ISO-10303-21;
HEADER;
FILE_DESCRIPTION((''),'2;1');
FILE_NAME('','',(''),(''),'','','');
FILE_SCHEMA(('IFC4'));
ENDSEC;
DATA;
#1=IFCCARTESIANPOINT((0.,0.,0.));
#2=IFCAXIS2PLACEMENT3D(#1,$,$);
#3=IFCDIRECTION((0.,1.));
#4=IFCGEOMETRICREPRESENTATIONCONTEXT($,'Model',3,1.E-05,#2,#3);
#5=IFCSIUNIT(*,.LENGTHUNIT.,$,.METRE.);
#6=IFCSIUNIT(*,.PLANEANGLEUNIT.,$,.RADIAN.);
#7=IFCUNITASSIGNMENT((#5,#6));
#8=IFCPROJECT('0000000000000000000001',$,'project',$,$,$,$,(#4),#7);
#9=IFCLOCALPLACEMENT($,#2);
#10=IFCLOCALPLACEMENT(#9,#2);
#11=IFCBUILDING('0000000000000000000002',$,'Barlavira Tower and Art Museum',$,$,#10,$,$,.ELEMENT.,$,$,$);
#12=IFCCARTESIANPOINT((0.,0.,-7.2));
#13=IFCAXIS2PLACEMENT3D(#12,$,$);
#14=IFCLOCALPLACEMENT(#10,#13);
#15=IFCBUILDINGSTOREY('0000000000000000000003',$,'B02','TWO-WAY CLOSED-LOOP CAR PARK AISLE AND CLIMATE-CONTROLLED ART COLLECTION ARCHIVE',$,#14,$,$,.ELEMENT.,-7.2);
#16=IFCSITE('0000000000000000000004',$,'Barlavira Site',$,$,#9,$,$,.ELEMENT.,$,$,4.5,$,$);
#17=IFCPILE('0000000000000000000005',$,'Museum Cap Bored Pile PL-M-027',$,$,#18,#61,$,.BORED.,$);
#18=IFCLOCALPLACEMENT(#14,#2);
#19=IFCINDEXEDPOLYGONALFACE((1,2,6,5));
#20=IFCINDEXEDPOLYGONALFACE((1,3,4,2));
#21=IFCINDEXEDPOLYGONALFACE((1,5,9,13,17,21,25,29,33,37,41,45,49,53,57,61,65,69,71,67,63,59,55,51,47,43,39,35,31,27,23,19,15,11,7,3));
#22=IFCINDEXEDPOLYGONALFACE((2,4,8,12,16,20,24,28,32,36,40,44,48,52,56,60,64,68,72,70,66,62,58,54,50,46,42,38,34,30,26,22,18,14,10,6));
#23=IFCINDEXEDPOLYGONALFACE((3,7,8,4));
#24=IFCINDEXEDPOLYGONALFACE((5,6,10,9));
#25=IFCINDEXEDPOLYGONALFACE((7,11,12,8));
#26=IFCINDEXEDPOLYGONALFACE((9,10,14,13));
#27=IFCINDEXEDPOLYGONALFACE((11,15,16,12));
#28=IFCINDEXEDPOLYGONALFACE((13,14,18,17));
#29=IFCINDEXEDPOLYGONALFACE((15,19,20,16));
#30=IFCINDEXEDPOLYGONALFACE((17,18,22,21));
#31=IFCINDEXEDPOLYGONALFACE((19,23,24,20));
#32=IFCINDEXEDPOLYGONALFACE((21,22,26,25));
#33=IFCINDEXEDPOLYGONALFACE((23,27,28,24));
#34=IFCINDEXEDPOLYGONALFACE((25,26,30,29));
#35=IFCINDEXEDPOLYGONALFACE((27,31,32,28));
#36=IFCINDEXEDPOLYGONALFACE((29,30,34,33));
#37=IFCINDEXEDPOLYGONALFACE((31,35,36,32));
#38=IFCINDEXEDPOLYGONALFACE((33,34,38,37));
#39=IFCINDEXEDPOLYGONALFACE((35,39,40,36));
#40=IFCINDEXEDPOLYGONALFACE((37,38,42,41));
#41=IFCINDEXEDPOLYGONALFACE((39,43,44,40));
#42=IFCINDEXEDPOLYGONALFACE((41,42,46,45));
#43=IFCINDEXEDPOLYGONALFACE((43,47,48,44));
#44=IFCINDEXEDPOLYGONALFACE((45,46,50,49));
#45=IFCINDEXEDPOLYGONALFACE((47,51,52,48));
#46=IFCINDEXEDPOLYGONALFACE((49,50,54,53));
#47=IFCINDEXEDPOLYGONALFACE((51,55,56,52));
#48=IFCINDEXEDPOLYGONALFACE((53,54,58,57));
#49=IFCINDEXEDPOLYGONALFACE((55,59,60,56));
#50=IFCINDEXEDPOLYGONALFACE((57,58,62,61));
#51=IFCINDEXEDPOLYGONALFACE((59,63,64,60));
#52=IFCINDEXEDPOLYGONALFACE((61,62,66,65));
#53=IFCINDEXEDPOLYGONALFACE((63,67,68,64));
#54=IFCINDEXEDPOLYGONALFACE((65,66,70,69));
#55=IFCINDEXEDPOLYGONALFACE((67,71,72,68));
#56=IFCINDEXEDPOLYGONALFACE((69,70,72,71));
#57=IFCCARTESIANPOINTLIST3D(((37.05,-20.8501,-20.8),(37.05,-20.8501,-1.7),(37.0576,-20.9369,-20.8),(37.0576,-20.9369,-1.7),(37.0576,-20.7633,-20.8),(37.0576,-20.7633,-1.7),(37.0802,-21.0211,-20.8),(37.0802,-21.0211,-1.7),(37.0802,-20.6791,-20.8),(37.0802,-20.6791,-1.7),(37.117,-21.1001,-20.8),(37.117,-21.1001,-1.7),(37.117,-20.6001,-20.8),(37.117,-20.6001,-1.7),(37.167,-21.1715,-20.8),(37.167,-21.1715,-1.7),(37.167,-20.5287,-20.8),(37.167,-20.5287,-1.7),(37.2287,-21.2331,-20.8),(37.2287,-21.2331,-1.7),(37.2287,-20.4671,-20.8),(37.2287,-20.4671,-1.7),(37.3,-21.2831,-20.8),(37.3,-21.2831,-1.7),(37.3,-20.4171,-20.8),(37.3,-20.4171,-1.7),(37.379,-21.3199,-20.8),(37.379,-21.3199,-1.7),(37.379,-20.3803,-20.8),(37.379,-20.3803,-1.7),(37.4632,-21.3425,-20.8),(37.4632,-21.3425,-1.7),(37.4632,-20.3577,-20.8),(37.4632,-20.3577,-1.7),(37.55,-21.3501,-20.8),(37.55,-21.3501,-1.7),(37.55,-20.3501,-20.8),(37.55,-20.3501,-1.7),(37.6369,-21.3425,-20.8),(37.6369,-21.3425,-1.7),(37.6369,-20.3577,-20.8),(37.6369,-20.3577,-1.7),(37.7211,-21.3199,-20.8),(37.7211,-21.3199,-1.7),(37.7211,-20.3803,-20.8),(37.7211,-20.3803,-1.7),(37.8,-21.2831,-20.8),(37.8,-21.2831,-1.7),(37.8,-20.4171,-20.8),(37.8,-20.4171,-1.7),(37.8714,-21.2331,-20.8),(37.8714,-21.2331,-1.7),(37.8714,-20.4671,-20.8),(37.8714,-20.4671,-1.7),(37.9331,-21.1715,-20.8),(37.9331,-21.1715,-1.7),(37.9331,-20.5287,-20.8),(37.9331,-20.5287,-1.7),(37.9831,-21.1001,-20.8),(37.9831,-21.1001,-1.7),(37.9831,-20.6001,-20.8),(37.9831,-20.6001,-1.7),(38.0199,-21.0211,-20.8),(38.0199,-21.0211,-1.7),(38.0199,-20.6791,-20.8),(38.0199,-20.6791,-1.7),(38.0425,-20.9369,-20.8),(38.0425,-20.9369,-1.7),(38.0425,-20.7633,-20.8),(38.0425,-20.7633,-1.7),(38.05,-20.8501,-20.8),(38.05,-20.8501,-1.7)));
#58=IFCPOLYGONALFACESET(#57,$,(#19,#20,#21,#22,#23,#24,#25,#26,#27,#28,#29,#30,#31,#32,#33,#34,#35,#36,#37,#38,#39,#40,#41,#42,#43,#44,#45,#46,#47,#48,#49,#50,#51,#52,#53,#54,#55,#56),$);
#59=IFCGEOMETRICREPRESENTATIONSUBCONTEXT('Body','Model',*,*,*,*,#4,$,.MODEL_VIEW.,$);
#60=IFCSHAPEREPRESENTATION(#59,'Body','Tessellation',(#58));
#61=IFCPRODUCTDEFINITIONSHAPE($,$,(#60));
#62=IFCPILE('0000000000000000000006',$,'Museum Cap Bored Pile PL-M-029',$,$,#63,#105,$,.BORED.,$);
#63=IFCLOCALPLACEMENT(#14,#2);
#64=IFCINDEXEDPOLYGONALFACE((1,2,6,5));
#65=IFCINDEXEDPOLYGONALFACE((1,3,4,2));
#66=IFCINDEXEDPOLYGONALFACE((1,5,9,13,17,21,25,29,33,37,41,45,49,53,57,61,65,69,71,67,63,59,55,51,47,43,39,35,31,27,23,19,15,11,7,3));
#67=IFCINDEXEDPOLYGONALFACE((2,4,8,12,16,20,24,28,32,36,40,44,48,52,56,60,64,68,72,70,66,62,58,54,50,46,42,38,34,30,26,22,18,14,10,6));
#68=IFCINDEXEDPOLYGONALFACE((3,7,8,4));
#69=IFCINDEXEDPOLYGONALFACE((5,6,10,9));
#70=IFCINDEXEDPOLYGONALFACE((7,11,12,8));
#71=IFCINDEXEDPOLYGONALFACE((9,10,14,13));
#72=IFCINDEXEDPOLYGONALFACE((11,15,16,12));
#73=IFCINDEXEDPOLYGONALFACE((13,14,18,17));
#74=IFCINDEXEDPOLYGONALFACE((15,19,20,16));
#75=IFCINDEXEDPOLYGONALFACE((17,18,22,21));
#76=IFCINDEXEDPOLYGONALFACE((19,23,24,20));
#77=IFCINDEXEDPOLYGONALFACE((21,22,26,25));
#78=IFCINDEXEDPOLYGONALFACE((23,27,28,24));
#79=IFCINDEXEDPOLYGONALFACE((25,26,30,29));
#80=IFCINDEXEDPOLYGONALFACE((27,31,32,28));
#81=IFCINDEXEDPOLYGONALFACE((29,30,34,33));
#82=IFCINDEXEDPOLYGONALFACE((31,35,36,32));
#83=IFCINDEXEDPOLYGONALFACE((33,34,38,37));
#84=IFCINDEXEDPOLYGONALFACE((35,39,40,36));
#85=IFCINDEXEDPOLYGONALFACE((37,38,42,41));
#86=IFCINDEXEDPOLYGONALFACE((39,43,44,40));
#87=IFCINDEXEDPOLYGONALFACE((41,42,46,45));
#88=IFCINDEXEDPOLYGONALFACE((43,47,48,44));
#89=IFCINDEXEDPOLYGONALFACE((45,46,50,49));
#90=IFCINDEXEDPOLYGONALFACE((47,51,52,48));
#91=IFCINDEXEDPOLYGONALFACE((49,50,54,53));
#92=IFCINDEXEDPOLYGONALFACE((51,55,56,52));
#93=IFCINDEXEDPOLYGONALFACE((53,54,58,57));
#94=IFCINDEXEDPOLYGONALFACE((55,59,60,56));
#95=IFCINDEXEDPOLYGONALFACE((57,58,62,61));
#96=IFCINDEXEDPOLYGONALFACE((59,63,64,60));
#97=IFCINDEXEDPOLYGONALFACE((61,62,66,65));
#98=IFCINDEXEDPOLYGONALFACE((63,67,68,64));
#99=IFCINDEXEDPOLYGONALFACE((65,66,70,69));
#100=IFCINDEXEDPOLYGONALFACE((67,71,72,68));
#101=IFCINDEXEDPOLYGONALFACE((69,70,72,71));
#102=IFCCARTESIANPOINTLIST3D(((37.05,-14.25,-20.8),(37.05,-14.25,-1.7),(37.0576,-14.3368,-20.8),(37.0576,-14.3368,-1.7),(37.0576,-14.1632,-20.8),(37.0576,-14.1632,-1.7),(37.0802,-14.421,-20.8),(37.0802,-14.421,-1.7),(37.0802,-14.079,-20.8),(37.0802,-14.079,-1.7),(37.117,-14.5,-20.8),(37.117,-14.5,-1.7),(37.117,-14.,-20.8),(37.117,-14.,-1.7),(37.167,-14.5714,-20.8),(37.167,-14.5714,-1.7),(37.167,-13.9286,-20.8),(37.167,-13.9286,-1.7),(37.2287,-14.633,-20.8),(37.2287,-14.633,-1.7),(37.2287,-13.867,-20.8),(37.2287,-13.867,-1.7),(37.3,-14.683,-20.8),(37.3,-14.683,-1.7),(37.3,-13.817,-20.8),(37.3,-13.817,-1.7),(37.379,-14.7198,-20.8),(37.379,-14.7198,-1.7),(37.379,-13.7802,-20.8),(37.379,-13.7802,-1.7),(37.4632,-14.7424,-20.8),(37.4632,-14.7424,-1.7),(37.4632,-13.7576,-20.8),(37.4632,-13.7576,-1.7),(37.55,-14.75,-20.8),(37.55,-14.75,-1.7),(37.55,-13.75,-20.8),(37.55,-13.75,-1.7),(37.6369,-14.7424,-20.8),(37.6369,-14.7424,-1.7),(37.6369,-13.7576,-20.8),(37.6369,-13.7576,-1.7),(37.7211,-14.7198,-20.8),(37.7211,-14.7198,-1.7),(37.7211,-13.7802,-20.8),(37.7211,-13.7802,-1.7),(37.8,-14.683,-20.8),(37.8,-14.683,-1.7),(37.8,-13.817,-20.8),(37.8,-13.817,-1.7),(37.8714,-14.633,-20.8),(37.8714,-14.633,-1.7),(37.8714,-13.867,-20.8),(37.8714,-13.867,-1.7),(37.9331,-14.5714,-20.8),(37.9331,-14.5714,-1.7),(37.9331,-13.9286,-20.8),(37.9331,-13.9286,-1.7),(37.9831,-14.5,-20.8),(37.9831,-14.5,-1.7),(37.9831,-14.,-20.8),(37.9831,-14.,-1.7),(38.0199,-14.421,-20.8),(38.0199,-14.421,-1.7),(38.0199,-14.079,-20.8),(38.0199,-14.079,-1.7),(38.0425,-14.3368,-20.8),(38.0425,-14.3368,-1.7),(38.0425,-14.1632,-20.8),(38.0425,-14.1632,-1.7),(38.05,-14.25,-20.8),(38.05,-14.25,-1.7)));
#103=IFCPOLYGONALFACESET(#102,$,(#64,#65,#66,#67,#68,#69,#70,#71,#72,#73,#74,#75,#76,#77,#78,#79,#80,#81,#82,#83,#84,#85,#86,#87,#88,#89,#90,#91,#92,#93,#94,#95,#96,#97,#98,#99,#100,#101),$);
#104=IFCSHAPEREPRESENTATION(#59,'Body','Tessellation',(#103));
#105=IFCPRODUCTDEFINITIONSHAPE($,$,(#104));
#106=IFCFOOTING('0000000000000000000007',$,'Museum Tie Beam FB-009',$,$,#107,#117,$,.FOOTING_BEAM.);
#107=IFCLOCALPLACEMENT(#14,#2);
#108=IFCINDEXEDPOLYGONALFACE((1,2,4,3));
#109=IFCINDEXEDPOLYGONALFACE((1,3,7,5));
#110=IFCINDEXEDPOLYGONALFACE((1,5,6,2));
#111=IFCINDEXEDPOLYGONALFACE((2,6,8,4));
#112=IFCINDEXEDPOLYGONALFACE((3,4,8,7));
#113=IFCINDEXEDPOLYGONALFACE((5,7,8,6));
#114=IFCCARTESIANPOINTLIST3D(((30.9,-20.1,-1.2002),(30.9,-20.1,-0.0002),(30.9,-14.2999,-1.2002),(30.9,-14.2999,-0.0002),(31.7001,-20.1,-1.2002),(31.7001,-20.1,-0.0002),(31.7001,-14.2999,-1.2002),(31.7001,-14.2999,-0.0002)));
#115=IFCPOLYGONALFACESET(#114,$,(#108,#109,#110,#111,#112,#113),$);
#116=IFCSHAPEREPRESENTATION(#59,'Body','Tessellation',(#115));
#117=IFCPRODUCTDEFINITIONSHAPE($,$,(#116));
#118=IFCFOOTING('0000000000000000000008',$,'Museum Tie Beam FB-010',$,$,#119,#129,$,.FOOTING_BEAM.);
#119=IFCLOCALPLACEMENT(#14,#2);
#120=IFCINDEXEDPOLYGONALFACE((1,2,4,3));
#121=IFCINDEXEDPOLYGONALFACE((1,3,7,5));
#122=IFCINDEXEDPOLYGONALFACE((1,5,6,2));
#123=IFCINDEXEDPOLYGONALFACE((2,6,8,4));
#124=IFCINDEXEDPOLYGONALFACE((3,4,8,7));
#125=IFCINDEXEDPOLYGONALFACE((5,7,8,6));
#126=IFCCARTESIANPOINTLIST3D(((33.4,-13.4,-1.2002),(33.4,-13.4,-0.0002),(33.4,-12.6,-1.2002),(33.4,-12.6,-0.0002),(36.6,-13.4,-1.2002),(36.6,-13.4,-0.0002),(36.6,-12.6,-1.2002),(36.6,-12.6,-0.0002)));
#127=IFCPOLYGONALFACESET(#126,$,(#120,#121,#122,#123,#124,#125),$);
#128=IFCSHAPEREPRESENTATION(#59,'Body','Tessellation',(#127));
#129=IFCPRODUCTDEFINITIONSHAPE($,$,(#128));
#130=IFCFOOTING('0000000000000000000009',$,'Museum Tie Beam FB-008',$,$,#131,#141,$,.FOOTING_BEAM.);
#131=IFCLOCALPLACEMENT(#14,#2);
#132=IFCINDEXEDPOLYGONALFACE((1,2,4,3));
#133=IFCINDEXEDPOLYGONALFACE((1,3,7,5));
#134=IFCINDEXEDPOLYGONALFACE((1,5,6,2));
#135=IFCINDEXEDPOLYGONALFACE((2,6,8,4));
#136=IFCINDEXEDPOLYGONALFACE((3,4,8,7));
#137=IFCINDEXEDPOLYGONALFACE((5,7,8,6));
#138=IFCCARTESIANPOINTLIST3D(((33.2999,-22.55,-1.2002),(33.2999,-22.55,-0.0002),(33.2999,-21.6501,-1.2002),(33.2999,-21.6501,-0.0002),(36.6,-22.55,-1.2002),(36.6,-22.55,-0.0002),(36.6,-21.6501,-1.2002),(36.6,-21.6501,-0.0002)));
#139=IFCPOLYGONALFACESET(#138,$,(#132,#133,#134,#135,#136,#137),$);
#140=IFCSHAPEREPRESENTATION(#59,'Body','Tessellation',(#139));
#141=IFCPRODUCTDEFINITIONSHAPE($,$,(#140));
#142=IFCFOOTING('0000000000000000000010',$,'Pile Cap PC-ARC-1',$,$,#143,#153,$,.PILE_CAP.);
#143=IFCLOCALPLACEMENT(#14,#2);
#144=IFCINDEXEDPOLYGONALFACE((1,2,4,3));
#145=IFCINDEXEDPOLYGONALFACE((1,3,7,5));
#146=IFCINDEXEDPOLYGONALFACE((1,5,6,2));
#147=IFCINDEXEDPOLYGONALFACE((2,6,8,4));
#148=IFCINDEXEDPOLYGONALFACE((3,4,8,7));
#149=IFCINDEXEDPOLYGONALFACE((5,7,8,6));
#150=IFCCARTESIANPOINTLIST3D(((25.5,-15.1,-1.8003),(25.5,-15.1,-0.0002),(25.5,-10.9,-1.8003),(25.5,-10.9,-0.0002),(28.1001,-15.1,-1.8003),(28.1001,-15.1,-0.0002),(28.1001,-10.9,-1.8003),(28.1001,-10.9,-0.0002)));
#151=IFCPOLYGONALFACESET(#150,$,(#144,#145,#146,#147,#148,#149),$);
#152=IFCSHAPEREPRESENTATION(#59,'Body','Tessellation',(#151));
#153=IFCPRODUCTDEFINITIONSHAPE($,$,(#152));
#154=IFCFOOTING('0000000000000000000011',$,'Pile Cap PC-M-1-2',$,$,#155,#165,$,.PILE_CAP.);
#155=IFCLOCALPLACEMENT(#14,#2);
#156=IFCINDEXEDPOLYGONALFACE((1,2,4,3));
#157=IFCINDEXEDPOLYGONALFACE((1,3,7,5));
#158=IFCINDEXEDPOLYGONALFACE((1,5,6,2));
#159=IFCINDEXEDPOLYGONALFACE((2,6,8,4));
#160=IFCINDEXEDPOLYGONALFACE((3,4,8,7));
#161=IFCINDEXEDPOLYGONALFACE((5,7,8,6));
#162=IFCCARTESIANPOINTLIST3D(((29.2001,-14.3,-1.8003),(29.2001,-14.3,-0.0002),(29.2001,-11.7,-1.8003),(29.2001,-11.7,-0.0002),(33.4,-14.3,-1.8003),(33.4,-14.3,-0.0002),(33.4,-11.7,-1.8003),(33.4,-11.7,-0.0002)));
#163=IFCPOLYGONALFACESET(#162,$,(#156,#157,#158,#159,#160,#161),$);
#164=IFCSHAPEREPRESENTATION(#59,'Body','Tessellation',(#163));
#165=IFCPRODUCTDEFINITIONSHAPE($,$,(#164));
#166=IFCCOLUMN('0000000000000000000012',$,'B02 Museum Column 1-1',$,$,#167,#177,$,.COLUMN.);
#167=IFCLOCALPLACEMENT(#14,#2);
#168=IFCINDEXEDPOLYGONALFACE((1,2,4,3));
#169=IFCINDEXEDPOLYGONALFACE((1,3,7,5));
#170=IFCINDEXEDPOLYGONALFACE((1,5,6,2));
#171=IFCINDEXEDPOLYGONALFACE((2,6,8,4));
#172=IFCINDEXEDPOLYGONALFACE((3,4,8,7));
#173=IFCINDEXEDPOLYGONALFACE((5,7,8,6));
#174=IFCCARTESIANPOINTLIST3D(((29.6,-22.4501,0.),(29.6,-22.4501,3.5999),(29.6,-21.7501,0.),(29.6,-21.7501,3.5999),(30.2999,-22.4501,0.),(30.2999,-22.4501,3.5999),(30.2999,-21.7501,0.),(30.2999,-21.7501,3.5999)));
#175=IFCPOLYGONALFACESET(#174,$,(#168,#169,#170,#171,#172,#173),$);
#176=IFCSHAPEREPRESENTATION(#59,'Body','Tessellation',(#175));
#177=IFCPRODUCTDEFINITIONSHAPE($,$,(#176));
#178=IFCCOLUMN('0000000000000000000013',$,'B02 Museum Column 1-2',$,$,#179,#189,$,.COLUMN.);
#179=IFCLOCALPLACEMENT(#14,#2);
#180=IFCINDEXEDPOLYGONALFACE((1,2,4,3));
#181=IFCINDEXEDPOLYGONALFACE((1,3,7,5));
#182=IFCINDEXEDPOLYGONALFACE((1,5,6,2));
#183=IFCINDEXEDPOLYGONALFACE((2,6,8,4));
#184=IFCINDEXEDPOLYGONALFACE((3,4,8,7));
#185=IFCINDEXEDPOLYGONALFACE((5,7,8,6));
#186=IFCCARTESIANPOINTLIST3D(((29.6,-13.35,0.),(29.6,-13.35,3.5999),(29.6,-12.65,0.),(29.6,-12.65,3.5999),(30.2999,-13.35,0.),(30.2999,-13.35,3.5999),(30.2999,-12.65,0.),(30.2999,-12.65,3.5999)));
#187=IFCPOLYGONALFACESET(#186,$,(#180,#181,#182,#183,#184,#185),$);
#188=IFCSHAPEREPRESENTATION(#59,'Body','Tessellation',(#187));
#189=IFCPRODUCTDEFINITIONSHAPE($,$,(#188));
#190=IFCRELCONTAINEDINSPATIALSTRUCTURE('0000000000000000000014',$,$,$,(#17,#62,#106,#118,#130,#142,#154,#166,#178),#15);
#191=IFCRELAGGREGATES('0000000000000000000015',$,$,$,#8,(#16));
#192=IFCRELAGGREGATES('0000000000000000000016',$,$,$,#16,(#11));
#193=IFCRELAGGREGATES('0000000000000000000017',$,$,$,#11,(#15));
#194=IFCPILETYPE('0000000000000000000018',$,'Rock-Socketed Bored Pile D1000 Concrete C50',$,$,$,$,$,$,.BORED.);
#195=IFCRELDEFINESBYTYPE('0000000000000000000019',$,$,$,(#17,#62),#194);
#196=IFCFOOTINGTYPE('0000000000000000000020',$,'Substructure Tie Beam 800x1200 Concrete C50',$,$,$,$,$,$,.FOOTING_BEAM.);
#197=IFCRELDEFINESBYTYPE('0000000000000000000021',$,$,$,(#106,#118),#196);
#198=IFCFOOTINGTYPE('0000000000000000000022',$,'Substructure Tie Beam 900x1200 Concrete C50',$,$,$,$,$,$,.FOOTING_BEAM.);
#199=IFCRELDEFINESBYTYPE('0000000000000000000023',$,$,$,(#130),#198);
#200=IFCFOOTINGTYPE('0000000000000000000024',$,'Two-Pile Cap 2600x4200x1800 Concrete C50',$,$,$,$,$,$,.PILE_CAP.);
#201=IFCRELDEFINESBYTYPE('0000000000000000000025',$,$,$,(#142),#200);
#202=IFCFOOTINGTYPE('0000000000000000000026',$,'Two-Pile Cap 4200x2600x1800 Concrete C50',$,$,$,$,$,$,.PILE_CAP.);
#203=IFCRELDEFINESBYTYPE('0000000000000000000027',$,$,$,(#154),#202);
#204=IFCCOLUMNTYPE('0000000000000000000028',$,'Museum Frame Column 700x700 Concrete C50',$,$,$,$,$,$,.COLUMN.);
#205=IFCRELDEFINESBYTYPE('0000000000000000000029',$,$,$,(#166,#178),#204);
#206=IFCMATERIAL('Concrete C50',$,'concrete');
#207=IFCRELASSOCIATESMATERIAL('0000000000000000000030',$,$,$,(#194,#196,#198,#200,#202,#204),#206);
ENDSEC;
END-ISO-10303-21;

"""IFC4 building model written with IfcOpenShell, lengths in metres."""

from ifc_helpers import new_model, si_unit, direction, frame, origin, origin_2d, place, context, subcontext, project, spatial, rectangle, circle, extrude, material, material_profile, profile_set, type_object, element, save


model = new_model("IFC4")

# Units and contexts
model_context = context("Model", 3, precision=1e-05, world=origin(), true_north=direction((0.0, 1.0)))
body_context = subcontext(model_context, "Body", "Model", "MODEL_VIEW")
ifc_project = project(units=[si_unit("LENGTHUNIT", "METRE"), si_unit("PLANEANGLEUNIT", "RADIAN")], contexts=[model_context])

# Site, building, storey
site_placement = place(None, origin())
site = spatial("IfcSite", under=ifc_project, at=site_placement, Name="Barlavira Site", CompositionType="ELEMENT", RefElevation=4.5)
building_placement = place(site_placement, origin())
building = spatial("IfcBuilding", under=site, at=building_placement, Name="Barlavira Tower and Art Museum", CompositionType="ELEMENT")
storey_placement = place(building_placement, frame((0.0, 0.0, -7.2)))
storey = spatial("IfcBuildingStorey", under=building, at=storey_placement, Name="B02", Description="TWO-WAY CLOSED-LOOP CAR PARK AISLE AND CLIMATE-CONTROLLED ART COLLECTION ARCHIVE", CompositionType="ELEMENT", Elevation=-7.2)

# Shared definitions
ifc_material_1 = material(Name="Concrete C50", Category="concrete")

# Piles
ifc_material_profile_1 = material_profile(ifc_material_1, circle(Radius=0.5, at=origin_2d()), Name="BORED PILE D1000")
ifc_profile_set_1 = profile_set([ifc_material_profile_1], Name="Concrete C50")
pile_type = type_object("IfcPileType", Name="Rock-Socketed Bored Pile D1000 Concrete C50", PredefinedType="BORED", material=ifc_profile_set_1)
for number, where, z_axis, x_axis, name in (
    (1, (37.55, -20.8501, -1.7), (0.0, 0.0, -1.0), (1.0, 0.0, 0.0), "Museum Cap Bored Pile PL-M-027"),
    (2, (37.55, -14.25, -1.7), (0.0, 0.0, -1.0), (1.0, 0.0, 0.0), "Museum Cap Bored Pile PL-M-029"),
):
    element("IfcPile", number, at=place(storey_placement, frame(where, z_axis=z_axis, x_axis=x_axis)), inside=storey, type_object=pile_type, Name=name, PredefinedType="BORED", context=body_context, shape_type="SweptSolid", body=[
        extrude(circle(Radius=0.5, at=origin_2d()), origin(), (0.0, 0.0, 1.0), 19.1001),
    ])

# Footings
footing_type_1 = type_object("IfcFootingType", Name="Substructure Tie Beam 800x1200 Concrete C50", PredefinedType="FOOTING_BEAM", material=ifc_material_1)
footing_1_placement = place(storey_placement, frame((31.3, -17.2, -1.2002), z_axis=(0.0, 0.0, 1.0), x_axis=(1.0, 0.0, 0.0)))
element("IfcFooting", 3, at=footing_1_placement, inside=storey, type_object=footing_type_1, Name="Museum Tie Beam FB-009", PredefinedType="FOOTING_BEAM", context=body_context, shape_type="SweptSolid", body=[
    extrude(rectangle(XDim=0.8, YDim=5.8, at=origin_2d()), origin(), (0.0, 0.0, 1.0), 1.2),
])
footing_2_placement = place(storey_placement, frame((35.0, -13.0, -1.2002), z_axis=(0.0, 0.0, 1.0), x_axis=(1.0, 0.0, 0.0)))
element("IfcFooting", 4, at=footing_2_placement, inside=storey, type_object=footing_type_1, Name="Museum Tie Beam FB-010", PredefinedType="FOOTING_BEAM", context=body_context, shape_type="SweptSolid", body=[
    extrude(rectangle(XDim=3.2, YDim=0.8, at=origin_2d()), origin(), (0.0, 0.0, 1.0), 1.2),
])
footing_type_2 = type_object("IfcFootingType", Name="Substructure Tie Beam 900x1200 Concrete C50", PredefinedType="FOOTING_BEAM", material=ifc_material_1)
footing_3_placement = place(storey_placement, frame((34.95, -22.1001, -1.2002), z_axis=(0.0, 0.0, 1.0), x_axis=(1.0, 0.0, 0.0)))
element("IfcFooting", 5, at=footing_3_placement, inside=storey, type_object=footing_type_2, Name="Museum Tie Beam FB-008", PredefinedType="FOOTING_BEAM", context=body_context, shape_type="SweptSolid", body=[
    extrude(rectangle(XDim=3.3, YDim=0.8999, at=origin_2d()), origin(), (0.0, 0.0, 1.0), 1.2),
])
footing_type_3 = type_object("IfcFootingType", Name="Two-Pile Cap 2600x4200x1800 Concrete C50", PredefinedType="PILE_CAP", material=ifc_material_1)
footing_4_placement = place(storey_placement, frame((26.8, -13.0, -1.8003), z_axis=(0.0, 0.0, 1.0), x_axis=(1.0, 0.0, 0.0)))
element("IfcFooting", 6, at=footing_4_placement, inside=storey, type_object=footing_type_3, Name="Pile Cap PC-ARC-1", PredefinedType="PILE_CAP", context=body_context, shape_type="SweptSolid", body=[
    extrude(rectangle(XDim=2.6001, YDim=4.2, at=origin_2d()), origin(), (0.0, 0.0, 1.0), 1.8),
])
footing_type_4 = type_object("IfcFootingType", Name="Two-Pile Cap 4200x2600x1800 Concrete C50", PredefinedType="PILE_CAP", material=ifc_material_1)
footing_5_placement = place(storey_placement, frame((31.3, -13.0, -1.8003), z_axis=(0.0, 0.0, 1.0), x_axis=(1.0, 0.0, 0.0)))
element("IfcFooting", 7, at=footing_5_placement, inside=storey, type_object=footing_type_4, Name="Pile Cap PC-M-1-2", PredefinedType="PILE_CAP", context=body_context, shape_type="SweptSolid", body=[
    extrude(rectangle(XDim=4.2, YDim=2.6001, at=origin_2d()), origin(), (0.0, 0.0, 1.0), 1.8),
])

# Columns
ifc_material_profile_2 = material_profile(ifc_material_1, rectangle(XDim=0.7, YDim=0.7, at=origin_2d()), Name="RC-COL 700x700")
ifc_profile_set_2 = profile_set([ifc_material_profile_2], Name="Concrete C50")
column_type_1 = type_object("IfcColumnType", Name="Museum Frame Column 700x700 Concrete C50", PredefinedType="COLUMN", material=ifc_profile_set_2)
for number, where, z_axis, x_axis, name in (
    (8, (29.95, -22.1001, 0.0), (0.0, 0.0, 1.0), (1.0, 0.0, 0.0), "B02 Museum Column 1-1"),
    (9, (29.95, -13.0, 0.0), (0.0, 0.0, 1.0), (1.0, 0.0, 0.0), "B02 Museum Column 1-2"),
):
    element("IfcColumn", number, at=place(storey_placement, frame(where, z_axis=z_axis, x_axis=x_axis)), inside=storey, type_object=column_type_1, Name=name, PredefinedType="COLUMN", context=body_context, shape_type="SweptSolid", body=[
        extrude(rectangle(XDim=0.7, YDim=0.7, at=origin_2d()), origin(), (0.0, 0.0, 1.0), 3.5999),
    ])

save(model, "model.ifc")
